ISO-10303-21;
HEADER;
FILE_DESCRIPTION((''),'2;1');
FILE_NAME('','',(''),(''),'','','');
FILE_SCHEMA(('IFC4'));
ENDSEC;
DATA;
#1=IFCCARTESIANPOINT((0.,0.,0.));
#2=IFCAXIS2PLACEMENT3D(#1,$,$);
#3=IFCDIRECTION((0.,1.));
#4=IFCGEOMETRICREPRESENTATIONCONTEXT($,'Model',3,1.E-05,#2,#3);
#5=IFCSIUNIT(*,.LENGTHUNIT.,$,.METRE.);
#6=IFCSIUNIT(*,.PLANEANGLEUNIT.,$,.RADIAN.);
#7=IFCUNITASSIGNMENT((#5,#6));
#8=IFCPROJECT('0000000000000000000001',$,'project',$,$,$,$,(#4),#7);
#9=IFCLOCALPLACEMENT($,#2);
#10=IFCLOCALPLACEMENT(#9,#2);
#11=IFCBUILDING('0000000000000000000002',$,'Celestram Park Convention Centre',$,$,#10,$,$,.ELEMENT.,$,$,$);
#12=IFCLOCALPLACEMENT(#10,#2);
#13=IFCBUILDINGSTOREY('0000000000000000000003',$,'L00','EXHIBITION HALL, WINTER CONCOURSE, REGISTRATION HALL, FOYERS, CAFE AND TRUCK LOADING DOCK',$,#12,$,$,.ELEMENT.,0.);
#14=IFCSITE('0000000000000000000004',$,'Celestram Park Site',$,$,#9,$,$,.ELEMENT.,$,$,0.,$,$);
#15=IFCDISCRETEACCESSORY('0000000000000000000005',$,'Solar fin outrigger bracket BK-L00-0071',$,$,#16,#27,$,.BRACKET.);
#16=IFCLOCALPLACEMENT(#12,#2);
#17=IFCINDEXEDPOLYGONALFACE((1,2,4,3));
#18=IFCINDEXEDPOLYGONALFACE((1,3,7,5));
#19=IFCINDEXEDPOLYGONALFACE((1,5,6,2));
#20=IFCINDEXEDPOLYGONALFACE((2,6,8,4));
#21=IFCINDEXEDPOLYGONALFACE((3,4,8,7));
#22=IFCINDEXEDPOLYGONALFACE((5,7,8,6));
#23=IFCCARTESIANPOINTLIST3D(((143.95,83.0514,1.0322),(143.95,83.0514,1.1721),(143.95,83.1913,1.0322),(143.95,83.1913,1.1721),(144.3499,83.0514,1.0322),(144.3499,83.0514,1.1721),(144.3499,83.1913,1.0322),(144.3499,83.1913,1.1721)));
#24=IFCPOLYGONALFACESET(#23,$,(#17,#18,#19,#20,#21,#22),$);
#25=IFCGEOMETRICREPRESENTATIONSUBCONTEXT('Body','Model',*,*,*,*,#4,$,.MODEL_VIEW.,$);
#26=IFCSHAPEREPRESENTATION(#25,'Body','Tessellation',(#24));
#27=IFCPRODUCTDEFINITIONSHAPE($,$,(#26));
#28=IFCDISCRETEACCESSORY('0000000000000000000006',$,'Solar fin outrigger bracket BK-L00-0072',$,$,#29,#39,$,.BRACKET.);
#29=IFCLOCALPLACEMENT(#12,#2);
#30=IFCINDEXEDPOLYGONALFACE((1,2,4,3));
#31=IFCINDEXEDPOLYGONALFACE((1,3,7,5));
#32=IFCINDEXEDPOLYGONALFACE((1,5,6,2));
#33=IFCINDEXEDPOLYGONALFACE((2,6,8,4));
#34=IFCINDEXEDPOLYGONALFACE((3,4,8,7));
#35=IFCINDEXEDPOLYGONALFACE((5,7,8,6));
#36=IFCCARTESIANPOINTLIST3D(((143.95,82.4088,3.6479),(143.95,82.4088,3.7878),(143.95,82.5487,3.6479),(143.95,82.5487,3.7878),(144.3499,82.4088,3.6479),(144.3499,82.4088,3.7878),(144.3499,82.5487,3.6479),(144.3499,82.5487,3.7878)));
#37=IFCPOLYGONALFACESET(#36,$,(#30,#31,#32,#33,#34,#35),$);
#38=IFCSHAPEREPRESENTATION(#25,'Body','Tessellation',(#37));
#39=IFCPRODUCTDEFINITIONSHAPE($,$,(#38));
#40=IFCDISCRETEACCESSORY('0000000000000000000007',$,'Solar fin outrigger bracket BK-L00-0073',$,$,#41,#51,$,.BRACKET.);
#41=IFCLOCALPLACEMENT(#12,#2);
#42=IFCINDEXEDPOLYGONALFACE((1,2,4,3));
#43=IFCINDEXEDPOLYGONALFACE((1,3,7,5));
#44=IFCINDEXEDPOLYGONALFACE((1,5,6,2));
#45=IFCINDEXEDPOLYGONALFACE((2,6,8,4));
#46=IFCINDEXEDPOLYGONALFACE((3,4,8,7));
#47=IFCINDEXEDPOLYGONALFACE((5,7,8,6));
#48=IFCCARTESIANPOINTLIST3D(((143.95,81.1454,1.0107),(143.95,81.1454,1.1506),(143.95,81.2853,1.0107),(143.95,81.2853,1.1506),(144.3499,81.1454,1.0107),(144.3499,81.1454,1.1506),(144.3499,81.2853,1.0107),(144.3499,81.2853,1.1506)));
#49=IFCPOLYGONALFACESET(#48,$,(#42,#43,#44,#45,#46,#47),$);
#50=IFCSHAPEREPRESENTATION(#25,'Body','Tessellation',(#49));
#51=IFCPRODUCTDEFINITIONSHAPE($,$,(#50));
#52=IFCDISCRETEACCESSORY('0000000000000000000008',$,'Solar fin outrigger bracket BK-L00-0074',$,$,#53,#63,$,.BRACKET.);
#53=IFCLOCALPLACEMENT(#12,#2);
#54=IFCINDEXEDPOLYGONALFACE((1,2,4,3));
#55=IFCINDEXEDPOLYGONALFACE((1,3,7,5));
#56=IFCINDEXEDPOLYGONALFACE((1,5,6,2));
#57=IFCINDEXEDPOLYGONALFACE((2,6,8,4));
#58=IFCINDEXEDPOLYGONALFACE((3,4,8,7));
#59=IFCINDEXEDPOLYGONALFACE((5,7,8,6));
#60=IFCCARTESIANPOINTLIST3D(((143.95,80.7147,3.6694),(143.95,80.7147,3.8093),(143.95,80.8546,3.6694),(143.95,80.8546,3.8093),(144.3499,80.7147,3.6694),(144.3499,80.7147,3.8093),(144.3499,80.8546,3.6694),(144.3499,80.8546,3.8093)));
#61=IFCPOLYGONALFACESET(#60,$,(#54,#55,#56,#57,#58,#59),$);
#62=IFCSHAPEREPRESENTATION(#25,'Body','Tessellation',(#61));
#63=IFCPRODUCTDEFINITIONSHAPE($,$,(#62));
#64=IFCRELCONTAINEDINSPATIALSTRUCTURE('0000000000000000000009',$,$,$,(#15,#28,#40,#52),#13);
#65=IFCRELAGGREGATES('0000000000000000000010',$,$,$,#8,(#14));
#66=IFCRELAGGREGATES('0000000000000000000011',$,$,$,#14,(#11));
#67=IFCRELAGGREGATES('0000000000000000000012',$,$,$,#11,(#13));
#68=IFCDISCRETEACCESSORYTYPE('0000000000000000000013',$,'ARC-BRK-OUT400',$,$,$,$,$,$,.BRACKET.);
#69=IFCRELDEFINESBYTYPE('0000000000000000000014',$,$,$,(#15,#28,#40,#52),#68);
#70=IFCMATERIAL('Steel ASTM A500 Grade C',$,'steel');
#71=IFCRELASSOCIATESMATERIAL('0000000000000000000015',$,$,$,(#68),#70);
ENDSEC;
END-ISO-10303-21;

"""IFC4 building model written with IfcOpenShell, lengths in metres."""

from ifc_helpers import new_model, si_unit, direction, frame, origin, origin_2d, place, context, subcontext, project, spatial, rectangle, extrude, material, type_object, element, save


model = new_model("IFC4")

# Units and contexts
model_context = context("Model", 3, precision=1e-05, world=origin(), true_north=direction((0.0, 1.0)))
body_context = subcontext(model_context, "Body", "Model", "MODEL_VIEW")
ifc_project = project(units=[si_unit("LENGTHUNIT", "METRE"), si_unit("PLANEANGLEUNIT", "RADIAN")], contexts=[model_context])

# Site, building, storey
site_placement = place(None, origin())
site = spatial("IfcSite", under=ifc_project, at=site_placement, Name="Celestram Park Site", CompositionType="ELEMENT", RefElevation=0.0)
building_placement = place(site_placement, origin())
building = spatial("IfcBuilding", under=site, at=building_placement, Name="Celestram Park Convention Centre", CompositionType="ELEMENT")
storey_placement = place(building_placement, origin())
storey = spatial("IfcBuildingStorey", under=building, at=storey_placement, Name="L00", Description="EXHIBITION HALL, WINTER CONCOURSE, REGISTRATION HALL, FOYERS, CAFE AND TRUCK LOADING DOCK", CompositionType="ELEMENT", Elevation=0.0)

# Shared definitions
ifc_material_1 = material(Name="Steel ASTM A500 Grade C", Category="steel")

# Discrete accessories
discrete_accessory_type = type_object("IfcDiscreteAccessoryType", Name="ARC-BRK-OUT400", PredefinedType="BRACKET", material=ifc_material_1)
for number, where, z_axis, x_axis, name in (
    (1, (144.1499, 83.1213, 1.0322), (0.0, 0.0, 1.0), (1.0, 0.0, 0.0), "Solar fin outrigger bracket BK-L00-0071"),
    (2, (144.1499, 82.4788, 3.6479), (0.0, 0.0, 1.0), (1.0, 0.0, 0.0), "Solar fin outrigger bracket BK-L00-0072"),
    (3, (144.1499, 81.2153, 1.0107), (0.0, 0.0, 1.0), (1.0, 0.0, 0.0), "Solar fin outrigger bracket BK-L00-0073"),
    (4, (144.1499, 80.7847, 3.6694), (0.0, 0.0, 1.0), (1.0, 0.0, 0.0), "Solar fin outrigger bracket BK-L00-0074"),
):
    element("IfcDiscreteAccessory", number, at=place(storey_placement, frame(where, z_axis=z_axis, x_axis=x_axis)), inside=storey, type_object=discrete_accessory_type, Name=name, PredefinedType="BRACKET", context=body_context, shape_type="SweptSolid", body=[
        extrude(rectangle(XDim=0.3999, YDim=0.1399, at=origin_2d()), origin(), (0.0, 0.0, 1.0), 0.1399),
    ])

save(model, "model.ifc")
